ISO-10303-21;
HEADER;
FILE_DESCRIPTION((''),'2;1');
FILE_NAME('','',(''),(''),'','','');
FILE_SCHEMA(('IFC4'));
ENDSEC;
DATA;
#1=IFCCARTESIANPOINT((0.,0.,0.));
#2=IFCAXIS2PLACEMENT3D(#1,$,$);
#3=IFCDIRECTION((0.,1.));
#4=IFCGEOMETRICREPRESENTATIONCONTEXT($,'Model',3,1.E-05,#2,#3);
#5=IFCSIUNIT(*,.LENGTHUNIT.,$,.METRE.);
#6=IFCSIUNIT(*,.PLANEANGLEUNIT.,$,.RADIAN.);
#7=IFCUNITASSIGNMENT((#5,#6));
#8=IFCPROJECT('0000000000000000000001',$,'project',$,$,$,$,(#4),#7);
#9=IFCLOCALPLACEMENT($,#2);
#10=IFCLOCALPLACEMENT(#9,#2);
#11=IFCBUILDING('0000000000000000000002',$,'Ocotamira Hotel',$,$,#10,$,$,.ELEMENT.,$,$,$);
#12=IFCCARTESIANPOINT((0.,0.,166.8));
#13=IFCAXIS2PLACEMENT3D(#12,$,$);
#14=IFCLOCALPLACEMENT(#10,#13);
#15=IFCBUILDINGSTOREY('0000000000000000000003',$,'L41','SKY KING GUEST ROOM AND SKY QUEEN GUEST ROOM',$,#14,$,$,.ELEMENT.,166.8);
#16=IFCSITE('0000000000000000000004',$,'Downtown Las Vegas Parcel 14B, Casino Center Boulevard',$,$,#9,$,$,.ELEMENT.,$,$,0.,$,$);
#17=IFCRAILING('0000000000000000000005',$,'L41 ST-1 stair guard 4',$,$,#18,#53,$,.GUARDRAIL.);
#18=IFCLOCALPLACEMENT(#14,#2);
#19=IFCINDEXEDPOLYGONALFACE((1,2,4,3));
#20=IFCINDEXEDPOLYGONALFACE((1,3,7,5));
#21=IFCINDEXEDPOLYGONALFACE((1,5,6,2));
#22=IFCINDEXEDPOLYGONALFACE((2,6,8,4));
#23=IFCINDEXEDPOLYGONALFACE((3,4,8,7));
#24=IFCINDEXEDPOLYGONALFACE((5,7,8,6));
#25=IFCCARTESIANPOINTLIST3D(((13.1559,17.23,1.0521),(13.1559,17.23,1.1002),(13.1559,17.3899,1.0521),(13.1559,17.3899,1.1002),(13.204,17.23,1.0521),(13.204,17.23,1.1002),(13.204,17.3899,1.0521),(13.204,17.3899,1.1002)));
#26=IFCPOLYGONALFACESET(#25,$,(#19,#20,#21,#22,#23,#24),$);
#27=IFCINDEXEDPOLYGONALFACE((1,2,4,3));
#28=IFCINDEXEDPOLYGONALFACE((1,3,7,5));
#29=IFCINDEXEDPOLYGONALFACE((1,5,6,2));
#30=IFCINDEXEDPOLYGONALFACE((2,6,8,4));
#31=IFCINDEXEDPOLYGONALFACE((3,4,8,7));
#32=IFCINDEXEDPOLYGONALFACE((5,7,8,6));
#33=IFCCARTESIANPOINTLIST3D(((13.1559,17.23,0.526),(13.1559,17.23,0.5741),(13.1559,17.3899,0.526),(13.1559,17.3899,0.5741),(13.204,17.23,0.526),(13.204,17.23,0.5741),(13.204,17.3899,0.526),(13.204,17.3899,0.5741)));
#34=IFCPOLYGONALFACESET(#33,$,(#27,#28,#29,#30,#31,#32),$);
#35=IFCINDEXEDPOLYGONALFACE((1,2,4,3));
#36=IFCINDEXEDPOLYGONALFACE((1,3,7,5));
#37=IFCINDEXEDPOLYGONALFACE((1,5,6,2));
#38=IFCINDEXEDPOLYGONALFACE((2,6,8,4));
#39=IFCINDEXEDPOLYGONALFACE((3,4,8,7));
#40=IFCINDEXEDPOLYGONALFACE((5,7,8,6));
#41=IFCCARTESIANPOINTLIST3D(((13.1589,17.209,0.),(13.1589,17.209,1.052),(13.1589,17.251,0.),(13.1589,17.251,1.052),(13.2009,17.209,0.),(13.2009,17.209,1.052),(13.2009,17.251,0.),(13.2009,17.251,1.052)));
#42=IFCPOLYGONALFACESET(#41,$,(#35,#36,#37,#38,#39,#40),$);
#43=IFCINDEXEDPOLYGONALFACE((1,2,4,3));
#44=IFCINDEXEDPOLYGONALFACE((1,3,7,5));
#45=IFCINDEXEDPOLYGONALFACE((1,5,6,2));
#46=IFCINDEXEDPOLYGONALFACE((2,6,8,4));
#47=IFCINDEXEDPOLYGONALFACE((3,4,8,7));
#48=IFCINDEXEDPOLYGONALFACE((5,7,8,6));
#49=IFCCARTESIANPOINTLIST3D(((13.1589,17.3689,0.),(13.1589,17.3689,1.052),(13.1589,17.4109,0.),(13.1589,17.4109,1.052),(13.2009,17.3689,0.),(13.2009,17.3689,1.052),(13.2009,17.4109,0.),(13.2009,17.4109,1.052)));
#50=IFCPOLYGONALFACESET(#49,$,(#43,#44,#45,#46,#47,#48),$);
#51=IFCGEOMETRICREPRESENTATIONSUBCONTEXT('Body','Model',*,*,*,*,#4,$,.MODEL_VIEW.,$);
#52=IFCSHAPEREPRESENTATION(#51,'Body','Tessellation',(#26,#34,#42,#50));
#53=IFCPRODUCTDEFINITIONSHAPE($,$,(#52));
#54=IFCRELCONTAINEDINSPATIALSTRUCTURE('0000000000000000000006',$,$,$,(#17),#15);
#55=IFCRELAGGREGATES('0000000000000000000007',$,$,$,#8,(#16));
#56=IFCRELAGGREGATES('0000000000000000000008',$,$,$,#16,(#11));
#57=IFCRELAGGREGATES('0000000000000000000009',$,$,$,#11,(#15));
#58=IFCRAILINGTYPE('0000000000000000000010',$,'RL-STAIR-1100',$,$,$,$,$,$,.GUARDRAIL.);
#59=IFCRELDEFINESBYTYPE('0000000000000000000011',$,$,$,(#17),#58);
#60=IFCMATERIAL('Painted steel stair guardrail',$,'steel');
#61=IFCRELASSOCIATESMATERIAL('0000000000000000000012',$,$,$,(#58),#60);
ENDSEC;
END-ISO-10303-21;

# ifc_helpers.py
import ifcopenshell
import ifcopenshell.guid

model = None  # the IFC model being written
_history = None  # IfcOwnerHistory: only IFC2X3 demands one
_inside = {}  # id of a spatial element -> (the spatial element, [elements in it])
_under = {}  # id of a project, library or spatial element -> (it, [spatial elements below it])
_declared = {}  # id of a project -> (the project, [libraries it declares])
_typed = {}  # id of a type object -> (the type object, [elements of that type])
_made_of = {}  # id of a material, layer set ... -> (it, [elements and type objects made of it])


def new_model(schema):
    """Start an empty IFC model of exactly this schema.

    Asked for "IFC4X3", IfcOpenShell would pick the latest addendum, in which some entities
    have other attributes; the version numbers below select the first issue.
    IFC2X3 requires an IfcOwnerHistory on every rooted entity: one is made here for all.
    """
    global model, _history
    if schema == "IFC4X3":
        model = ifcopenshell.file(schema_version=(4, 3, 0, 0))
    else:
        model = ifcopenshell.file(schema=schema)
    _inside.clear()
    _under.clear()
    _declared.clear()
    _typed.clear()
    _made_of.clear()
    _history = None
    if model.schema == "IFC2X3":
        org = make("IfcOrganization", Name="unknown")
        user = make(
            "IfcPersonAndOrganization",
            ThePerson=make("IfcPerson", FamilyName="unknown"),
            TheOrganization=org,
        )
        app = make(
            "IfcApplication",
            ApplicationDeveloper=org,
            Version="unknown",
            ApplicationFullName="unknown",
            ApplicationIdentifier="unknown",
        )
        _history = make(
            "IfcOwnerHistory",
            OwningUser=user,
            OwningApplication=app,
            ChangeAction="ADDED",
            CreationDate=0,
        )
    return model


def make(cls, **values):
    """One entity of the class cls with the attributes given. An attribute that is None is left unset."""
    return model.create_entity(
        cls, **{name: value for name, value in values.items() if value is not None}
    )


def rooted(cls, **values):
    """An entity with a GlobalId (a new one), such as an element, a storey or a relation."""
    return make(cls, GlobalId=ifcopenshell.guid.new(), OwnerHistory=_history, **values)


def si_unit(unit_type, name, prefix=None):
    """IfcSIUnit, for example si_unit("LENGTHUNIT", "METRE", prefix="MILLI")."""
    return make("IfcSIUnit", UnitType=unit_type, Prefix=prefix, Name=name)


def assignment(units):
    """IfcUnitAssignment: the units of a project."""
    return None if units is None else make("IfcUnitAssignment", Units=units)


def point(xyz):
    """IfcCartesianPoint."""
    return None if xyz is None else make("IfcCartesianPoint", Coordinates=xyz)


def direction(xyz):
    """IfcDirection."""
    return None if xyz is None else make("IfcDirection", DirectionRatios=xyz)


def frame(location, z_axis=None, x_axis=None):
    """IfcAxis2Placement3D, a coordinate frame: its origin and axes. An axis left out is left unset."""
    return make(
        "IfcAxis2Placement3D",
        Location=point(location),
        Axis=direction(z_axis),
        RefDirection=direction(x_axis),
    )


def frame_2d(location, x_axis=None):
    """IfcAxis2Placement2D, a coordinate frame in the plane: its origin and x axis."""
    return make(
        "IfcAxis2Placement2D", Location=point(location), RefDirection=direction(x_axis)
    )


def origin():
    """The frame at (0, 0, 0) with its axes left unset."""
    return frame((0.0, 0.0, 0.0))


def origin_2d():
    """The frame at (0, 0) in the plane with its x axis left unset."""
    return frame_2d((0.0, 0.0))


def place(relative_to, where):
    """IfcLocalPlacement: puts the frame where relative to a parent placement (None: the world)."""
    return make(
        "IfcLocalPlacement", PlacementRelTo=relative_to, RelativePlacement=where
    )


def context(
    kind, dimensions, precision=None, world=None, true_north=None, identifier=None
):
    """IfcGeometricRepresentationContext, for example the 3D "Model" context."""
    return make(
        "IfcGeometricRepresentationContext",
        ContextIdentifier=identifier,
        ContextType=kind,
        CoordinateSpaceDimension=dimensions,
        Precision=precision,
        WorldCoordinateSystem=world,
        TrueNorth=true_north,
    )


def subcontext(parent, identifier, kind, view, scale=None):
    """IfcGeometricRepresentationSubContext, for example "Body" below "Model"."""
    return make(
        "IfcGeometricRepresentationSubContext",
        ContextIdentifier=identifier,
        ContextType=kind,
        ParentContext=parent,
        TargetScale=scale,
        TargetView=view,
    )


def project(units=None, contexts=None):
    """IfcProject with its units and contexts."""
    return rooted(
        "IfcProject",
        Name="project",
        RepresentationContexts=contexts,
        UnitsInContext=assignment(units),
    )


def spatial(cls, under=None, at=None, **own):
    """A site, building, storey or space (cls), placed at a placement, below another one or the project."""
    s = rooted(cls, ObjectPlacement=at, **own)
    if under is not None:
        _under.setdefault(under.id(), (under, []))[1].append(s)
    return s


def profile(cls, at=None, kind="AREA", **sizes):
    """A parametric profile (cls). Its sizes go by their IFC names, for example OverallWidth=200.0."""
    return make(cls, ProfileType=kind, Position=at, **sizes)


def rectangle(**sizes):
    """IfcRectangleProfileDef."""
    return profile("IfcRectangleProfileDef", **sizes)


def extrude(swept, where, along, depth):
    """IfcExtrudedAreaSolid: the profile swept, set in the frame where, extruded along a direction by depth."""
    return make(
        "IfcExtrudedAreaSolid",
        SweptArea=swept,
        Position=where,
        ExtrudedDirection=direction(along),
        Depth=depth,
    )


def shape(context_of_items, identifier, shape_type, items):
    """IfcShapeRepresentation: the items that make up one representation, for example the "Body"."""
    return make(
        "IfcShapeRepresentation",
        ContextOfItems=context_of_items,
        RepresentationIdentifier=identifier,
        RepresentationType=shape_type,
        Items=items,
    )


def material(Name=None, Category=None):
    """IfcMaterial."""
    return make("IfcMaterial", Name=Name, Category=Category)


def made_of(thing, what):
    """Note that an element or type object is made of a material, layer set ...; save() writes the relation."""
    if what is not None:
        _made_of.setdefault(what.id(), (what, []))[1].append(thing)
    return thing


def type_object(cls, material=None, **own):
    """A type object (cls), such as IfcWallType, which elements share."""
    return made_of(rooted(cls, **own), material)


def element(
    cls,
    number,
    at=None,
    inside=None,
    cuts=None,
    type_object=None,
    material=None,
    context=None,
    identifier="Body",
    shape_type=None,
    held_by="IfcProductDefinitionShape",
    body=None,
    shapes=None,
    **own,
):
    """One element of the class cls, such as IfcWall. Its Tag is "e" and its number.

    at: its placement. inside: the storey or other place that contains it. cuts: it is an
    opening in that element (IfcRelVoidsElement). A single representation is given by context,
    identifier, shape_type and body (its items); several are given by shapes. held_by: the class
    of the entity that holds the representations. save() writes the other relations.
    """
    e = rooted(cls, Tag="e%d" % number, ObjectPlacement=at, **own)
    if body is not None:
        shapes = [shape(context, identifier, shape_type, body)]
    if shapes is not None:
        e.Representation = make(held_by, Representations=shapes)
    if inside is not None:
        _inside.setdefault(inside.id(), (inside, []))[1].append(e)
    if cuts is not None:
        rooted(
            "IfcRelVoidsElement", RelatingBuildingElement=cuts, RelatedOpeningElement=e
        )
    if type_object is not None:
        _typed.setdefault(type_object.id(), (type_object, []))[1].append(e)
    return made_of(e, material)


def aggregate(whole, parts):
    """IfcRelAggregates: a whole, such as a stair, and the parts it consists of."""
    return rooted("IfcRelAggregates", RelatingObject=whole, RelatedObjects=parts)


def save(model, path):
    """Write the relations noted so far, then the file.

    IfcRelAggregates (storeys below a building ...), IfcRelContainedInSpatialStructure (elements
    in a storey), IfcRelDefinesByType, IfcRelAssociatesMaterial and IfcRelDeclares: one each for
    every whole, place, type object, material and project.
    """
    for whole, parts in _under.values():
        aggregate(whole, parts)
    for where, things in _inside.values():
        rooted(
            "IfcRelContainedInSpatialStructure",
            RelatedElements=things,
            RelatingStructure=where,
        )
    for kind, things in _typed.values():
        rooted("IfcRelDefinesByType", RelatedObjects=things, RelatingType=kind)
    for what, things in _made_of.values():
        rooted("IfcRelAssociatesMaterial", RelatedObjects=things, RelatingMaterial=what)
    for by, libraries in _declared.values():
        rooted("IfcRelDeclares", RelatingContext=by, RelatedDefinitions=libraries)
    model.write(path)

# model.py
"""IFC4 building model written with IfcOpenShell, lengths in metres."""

from ifc_helpers import new_model, si_unit, direction, frame, origin, origin_2d, place, context, subcontext, project, spatial, rectangle, extrude, material, type_object, element, save


model = new_model("IFC4")

# Units and contexts
model_context = context("Model", 3, precision=1e-05, world=origin(), true_north=direction((0.0, 1.0)))
body_context = subcontext(model_context, "Body", "Model", "MODEL_VIEW")
ifc_project = project(units=[si_unit("LENGTHUNIT", "METRE"), si_unit("PLANEANGLEUNIT", "RADIAN")], contexts=[model_context])

# Site, building, storey
site_placement = place(None, origin())
site = spatial("IfcSite", under=ifc_project, at=site_placement, Name="Downtown Las Vegas Parcel 14B, Casino Center Boulevard", CompositionType="ELEMENT", RefElevation=0.0)
building_placement = place(site_placement, origin())
building = spatial("IfcBuilding", under=site, at=building_placement, Name="Ocotamira Hotel", CompositionType="ELEMENT")
storey_placement = place(building_placement, frame((0.0, 0.0, 166.8)))
storey = spatial("IfcBuildingStorey", under=building, at=storey_placement, Name="L41", Description="SKY KING GUEST ROOM AND SKY QUEEN GUEST ROOM", CompositionType="ELEMENT", Elevation=166.8)

# Railing
ifc_material_1 = material(Name="Painted steel stair guardrail", Category="steel")
railing_type_1 = type_object("IfcRailingType", Name="RL-STAIR-1100", PredefinedType="GUARDRAIL", material=ifc_material_1)
railing_1_placement = place(storey_placement, frame((13.1799, 17.23, 0.0)))
element("IfcRailing", 1, at=railing_1_placement, inside=storey, type_object=railing_type_1, Name="L41 ST-1 stair guard 4", PredefinedType="GUARDRAIL", context=body_context, shape_type="SweptSolid", body=[
    extrude(rectangle(XDim=0.0481, YDim=0.0481, at=origin_2d()), frame((0.0, 0.0, 1.0762), z_axis=(0.0, 1.0, 0.0), x_axis=(-1.0, 0.0, 0.0)), (0.0, 0.0, 1.0), 0.1599),
    extrude(rectangle(XDim=0.0481, YDim=0.0481, at=origin_2d()), frame((0.0, 0.0, 0.55), z_axis=(0.0, 1.0, 0.0), x_axis=(-1.0, 0.0, 0.0)), (0.0, 0.0, 1.0), 0.1599),
    extrude(rectangle(XDim=0.042, YDim=0.042, at=origin_2d()), origin(), (0.0, 0.0, 1.0), 1.052),
    extrude(rectangle(XDim=0.042, YDim=0.042, at=origin_2d()), frame((0.0, 0.1599, 0.0)), (0.0, 0.0, 1.0), 1.052),
])

save(model, "model.ifc")
